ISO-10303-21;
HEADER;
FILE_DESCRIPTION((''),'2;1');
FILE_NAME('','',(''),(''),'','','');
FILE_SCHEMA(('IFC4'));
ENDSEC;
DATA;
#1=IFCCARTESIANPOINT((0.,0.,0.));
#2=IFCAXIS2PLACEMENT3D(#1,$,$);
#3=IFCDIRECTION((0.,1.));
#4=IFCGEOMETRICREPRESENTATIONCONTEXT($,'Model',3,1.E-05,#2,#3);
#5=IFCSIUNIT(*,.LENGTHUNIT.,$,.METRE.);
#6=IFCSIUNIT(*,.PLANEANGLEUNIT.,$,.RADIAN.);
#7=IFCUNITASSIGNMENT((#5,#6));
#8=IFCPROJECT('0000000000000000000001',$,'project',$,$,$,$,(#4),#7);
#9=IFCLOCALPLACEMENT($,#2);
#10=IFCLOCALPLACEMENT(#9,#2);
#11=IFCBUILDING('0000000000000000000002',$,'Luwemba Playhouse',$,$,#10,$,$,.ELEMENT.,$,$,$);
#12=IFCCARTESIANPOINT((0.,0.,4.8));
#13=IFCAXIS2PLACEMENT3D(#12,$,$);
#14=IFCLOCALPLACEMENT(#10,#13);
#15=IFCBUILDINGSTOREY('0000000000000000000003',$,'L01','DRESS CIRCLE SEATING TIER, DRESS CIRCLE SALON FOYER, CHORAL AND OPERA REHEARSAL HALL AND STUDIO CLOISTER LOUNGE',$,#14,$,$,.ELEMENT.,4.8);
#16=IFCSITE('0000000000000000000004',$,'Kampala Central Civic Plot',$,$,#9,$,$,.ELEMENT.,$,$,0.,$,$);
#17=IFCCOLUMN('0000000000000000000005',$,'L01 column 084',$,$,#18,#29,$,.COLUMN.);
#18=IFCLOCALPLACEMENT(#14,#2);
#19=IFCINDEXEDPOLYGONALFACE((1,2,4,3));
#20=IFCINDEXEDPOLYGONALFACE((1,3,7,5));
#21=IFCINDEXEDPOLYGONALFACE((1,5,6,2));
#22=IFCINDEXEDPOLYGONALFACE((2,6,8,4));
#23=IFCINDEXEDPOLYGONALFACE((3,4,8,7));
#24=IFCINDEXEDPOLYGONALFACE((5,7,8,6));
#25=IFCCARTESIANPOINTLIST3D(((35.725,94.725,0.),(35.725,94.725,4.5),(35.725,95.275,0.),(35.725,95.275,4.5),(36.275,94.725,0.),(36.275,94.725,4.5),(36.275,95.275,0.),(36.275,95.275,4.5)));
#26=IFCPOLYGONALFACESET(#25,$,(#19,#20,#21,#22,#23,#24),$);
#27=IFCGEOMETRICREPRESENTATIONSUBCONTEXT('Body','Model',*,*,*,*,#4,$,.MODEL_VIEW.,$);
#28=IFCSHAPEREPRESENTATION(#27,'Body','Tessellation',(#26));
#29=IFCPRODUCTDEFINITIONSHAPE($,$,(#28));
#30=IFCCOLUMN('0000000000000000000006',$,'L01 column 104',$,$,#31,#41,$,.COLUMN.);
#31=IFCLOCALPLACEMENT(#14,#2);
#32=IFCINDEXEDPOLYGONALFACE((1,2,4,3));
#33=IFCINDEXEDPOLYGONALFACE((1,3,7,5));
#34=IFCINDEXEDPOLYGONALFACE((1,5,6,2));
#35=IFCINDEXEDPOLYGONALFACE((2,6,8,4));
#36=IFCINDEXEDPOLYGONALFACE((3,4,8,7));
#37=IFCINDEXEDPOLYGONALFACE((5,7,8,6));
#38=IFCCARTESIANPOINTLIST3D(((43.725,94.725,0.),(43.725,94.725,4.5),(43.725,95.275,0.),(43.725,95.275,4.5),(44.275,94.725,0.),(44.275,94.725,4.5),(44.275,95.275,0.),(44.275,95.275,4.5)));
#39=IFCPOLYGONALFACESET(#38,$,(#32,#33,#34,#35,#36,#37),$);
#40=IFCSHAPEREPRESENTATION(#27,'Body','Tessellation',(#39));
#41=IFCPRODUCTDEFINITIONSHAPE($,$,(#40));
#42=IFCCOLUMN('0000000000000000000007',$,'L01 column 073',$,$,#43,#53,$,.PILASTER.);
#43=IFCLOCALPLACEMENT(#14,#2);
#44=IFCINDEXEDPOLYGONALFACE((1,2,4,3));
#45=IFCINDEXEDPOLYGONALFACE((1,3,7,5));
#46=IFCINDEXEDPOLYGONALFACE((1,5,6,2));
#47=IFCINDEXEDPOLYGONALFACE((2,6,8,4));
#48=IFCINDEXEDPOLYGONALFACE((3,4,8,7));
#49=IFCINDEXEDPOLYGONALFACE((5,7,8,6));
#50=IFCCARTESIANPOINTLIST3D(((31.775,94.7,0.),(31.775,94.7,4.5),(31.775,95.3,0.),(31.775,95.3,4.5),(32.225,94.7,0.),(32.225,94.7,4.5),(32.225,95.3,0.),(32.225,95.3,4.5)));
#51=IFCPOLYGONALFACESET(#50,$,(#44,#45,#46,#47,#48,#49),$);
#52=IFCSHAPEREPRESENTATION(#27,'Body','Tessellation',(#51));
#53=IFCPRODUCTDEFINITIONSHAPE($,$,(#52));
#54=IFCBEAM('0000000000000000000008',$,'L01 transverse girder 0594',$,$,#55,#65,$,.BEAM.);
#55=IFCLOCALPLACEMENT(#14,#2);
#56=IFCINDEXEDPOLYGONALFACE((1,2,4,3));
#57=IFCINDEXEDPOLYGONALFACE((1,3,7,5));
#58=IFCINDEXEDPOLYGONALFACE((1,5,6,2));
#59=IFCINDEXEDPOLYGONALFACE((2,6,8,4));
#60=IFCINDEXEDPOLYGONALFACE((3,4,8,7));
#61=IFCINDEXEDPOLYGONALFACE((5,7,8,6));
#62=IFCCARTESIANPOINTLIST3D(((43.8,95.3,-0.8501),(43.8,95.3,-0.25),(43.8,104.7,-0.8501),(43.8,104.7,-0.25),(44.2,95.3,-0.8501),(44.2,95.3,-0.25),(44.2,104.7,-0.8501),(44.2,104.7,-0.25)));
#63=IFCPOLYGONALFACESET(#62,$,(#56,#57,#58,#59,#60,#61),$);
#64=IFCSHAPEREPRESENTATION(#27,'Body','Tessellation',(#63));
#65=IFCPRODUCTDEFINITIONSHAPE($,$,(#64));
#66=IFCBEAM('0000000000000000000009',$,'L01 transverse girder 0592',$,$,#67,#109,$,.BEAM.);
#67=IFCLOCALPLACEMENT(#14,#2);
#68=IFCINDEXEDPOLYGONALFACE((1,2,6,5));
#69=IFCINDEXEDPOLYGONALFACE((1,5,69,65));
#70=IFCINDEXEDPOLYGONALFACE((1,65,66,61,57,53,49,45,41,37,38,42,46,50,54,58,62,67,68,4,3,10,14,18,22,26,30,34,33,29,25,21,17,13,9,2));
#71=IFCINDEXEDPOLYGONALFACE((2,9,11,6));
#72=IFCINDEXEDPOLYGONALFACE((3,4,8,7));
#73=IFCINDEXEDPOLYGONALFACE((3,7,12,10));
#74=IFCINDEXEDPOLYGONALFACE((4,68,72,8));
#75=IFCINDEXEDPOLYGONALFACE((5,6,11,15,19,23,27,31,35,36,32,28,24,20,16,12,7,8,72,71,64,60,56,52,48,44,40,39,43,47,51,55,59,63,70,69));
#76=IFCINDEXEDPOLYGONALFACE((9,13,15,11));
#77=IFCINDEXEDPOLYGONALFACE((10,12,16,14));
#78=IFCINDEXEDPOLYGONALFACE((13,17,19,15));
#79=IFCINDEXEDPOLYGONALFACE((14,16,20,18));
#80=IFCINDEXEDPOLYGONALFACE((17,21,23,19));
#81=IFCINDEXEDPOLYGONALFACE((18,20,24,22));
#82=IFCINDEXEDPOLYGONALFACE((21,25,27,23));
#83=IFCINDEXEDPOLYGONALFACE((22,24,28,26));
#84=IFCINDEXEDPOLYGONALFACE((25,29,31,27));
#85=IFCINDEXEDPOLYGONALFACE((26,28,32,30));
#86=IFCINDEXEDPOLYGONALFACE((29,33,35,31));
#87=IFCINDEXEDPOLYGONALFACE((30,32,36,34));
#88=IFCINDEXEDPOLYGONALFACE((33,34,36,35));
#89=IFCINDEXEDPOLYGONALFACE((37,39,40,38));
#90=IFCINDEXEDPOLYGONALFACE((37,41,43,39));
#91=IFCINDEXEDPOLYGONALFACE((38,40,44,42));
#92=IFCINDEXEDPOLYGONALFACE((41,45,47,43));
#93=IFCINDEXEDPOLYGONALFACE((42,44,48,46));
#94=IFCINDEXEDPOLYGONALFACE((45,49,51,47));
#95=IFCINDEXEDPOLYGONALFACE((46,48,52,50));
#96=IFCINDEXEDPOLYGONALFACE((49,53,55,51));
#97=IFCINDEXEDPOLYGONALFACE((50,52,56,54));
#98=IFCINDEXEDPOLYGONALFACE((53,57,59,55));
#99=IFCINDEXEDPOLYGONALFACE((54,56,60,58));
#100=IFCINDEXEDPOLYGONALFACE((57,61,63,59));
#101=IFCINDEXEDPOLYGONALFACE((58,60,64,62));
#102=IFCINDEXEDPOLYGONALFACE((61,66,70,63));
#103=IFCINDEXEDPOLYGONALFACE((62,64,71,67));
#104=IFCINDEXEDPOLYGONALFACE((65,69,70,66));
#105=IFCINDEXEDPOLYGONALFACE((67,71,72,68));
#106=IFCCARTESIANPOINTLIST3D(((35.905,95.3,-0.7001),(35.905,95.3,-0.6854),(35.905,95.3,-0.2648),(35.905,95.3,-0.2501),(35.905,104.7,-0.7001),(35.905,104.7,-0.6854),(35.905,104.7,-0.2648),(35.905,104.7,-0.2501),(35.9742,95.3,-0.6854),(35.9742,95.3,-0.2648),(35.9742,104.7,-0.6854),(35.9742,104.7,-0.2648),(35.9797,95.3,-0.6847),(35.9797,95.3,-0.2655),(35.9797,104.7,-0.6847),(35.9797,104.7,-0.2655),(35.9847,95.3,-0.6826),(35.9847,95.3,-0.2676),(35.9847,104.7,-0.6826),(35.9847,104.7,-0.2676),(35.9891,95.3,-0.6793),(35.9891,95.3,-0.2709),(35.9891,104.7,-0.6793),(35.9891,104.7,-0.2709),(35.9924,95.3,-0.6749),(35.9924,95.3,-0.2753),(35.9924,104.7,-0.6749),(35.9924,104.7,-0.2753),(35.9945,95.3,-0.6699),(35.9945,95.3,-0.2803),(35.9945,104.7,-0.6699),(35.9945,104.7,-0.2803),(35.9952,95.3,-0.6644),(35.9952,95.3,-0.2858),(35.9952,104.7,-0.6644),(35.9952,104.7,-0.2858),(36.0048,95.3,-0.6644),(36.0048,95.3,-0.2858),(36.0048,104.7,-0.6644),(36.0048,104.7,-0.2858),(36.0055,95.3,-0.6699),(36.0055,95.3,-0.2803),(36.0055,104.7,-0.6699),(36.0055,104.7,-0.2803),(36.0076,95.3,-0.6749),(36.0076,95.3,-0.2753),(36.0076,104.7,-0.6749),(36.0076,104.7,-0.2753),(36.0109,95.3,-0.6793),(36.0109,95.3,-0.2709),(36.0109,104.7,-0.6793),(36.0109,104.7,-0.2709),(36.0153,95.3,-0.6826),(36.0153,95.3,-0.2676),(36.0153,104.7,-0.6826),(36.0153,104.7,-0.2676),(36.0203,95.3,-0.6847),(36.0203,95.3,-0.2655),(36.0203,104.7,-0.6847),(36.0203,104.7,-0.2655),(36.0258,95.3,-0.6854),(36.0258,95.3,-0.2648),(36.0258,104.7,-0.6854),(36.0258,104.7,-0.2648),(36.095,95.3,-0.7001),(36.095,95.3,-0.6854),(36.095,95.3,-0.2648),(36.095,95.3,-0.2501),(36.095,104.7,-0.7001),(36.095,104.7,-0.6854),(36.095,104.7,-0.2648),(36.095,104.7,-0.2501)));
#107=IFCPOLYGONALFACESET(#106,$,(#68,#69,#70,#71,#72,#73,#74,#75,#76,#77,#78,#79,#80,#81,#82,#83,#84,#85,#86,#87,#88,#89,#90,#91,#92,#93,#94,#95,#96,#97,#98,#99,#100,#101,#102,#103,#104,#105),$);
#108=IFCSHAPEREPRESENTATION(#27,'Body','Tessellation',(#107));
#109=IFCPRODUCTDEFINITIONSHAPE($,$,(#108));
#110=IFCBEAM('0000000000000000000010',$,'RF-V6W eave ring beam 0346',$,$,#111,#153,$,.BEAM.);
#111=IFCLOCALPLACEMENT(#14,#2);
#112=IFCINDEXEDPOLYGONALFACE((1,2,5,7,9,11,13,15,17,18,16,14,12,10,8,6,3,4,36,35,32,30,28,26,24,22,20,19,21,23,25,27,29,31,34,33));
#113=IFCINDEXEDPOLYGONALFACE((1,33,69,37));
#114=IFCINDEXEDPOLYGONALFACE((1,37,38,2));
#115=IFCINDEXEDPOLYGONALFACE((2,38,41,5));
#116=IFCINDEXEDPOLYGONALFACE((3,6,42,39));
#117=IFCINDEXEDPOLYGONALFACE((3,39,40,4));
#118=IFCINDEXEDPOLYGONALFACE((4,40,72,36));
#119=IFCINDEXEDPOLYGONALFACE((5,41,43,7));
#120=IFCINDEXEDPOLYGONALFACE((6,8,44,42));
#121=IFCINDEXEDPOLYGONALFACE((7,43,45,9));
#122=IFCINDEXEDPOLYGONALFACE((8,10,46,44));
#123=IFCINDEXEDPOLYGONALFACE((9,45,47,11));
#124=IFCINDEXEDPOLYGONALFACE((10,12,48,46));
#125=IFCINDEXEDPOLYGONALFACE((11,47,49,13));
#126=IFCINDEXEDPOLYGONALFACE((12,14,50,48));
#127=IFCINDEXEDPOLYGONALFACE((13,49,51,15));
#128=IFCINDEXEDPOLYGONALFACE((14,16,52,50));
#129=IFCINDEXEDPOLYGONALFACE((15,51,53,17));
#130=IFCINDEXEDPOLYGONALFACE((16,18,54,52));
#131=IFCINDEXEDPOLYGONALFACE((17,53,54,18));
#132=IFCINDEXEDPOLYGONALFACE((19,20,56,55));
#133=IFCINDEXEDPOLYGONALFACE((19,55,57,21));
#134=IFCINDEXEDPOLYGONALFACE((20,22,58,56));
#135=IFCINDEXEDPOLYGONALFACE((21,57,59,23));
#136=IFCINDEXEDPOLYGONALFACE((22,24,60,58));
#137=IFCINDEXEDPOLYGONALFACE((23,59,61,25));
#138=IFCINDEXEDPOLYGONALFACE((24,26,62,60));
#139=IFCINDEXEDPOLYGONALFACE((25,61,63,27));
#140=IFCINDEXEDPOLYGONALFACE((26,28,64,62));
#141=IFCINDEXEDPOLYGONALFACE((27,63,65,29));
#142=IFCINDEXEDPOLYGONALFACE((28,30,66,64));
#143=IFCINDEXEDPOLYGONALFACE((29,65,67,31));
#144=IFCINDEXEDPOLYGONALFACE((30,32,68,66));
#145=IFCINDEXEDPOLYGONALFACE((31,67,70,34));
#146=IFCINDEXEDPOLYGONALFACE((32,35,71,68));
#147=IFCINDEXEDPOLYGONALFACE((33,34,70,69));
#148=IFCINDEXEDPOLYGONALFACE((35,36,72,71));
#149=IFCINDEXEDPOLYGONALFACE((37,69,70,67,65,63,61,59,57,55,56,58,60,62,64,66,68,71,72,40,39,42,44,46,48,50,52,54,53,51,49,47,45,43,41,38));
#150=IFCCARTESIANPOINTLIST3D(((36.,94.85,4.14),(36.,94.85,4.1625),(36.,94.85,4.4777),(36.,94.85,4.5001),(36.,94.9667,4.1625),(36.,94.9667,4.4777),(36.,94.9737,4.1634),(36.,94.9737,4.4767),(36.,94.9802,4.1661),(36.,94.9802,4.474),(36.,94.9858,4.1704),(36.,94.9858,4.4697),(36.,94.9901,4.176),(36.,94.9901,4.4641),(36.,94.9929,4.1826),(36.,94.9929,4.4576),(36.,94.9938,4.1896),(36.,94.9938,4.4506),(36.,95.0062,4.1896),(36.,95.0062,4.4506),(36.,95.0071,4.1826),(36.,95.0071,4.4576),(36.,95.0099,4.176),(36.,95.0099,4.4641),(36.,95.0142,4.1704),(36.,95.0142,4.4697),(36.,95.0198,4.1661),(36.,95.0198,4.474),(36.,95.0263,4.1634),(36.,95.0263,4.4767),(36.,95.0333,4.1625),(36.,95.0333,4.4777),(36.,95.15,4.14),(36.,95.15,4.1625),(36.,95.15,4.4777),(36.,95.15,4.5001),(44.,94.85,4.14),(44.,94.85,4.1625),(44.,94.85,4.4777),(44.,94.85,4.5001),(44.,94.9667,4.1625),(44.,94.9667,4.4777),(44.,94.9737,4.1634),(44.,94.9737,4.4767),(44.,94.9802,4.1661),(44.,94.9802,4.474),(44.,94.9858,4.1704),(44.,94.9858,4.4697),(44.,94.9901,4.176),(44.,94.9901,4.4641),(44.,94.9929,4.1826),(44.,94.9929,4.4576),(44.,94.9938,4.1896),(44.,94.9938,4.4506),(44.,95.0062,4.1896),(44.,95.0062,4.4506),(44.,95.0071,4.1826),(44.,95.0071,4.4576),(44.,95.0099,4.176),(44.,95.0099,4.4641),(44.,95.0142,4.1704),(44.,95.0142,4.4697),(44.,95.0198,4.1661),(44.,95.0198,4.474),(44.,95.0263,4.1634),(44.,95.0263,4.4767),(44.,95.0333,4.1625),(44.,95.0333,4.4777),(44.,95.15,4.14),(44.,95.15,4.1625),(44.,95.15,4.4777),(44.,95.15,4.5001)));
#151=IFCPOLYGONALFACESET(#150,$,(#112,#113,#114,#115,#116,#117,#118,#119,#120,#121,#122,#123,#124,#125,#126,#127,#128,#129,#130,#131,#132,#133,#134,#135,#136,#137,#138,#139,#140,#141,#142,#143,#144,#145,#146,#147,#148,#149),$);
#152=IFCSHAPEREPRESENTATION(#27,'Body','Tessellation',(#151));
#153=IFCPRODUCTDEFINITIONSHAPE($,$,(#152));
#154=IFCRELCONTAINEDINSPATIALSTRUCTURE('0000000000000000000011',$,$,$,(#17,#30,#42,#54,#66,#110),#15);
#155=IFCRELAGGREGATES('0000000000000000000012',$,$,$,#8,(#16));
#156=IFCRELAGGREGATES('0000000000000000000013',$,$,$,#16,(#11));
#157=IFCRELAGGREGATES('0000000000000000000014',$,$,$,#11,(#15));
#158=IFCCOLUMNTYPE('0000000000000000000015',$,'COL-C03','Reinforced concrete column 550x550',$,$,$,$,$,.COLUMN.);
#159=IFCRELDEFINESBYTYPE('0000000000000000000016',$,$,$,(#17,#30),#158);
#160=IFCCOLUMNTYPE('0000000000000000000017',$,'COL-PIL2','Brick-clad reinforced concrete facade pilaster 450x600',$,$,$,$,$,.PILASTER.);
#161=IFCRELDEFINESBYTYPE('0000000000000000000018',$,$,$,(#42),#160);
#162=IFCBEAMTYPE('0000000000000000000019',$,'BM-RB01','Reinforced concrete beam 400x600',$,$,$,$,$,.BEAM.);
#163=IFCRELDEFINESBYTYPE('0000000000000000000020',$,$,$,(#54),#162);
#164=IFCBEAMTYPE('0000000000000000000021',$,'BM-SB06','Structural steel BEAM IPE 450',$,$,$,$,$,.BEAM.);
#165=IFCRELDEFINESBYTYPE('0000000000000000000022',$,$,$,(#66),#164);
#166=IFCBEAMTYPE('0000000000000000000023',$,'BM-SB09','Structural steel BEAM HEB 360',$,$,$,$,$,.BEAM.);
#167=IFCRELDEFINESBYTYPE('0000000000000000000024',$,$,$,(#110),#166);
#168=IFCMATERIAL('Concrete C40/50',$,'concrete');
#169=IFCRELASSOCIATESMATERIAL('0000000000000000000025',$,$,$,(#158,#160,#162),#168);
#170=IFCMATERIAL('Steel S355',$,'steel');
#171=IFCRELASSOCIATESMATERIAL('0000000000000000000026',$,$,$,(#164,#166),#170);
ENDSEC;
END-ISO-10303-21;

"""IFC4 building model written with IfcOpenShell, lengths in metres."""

from ifc_helpers import new_model, si_unit, direction, frame, origin, origin_2d, place, context, subcontext, project, spatial, rectangle, i_section, extrude, material, material_profile, profile_set, type_object, element, save


model = new_model("IFC4")

# Units and contexts
model_context = context("Model", 3, precision=1e-05, world=origin(), true_north=direction((0.0, 1.0)))
body_context = subcontext(model_context, "Body", "Model", "MODEL_VIEW")
ifc_project = project(units=[si_unit("LENGTHUNIT", "METRE"), si_unit("PLANEANGLEUNIT", "RADIAN")], contexts=[model_context])

# Site, building, storey
site_placement = place(None, origin())
site = spatial("IfcSite", under=ifc_project, at=site_placement, Name="Kampala Central Civic Plot", CompositionType="ELEMENT", RefElevation=0.0)
building_placement = place(site_placement, origin())
building = spatial("IfcBuilding", under=site, at=building_placement, Name="Luwemba Playhouse", CompositionType="ELEMENT")
storey_placement = place(building_placement, frame((0.0, 0.0, 4.8)))
storey = spatial("IfcBuildingStorey", under=building, at=storey_placement, Name="L01", Description="DRESS CIRCLE SEATING TIER, DRESS CIRCLE SALON FOYER, CHORAL AND OPERA REHEARSAL HALL AND STUDIO CLOISTER LOUNGE", CompositionType="ELEMENT", Elevation=4.8)

# Columns
ifc_material_1 = material(Name="Concrete C40/50", Category="concrete")
ifc_material_profile_1 = material_profile(ifc_material_1, rectangle(XDim=0.55, YDim=0.55, at=origin_2d()))
ifc_profile_set_1 = profile_set([ifc_material_profile_1], Name="Concrete C40/50")
column_type_1 = type_object("IfcColumnType", Name="COL-C03", Description="Reinforced concrete column 550x550", PredefinedType="COLUMN", material=ifc_profile_set_1)
for number, where, z_axis, x_axis, name in (
    (1, (36.0, 95.0, 0.0), (0.0, 0.0, 1.0), (1.0, 0.0, 0.0), "L01 column 084"),
    (2, (44.0, 95.0, 0.0), (0.0, 0.0, 1.0), (1.0, 0.0, 0.0), "L01 column 104"),
):
    element("IfcColumn", number, at=place(storey_placement, frame(where, z_axis=z_axis, x_axis=x_axis)), inside=storey, type_object=column_type_1, Name=name, PredefinedType="COLUMN", context=body_context, shape_type="SweptSolid", body=[
        extrude(rectangle(XDim=0.55, YDim=0.55, at=origin_2d()), origin(), (0.0, 0.0, 1.0), 4.5),
    ])
ifc_material_profile_2 = material_profile(ifc_material_1, rectangle(XDim=0.45, YDim=0.6001, at=origin_2d()))
ifc_profile_set_2 = profile_set([ifc_material_profile_2], Name="Concrete C40/50")
column_type_2 = type_object("IfcColumnType", Name="COL-PIL2", Description="Brick-clad reinforced concrete facade pilaster 450x600", PredefinedType="PILASTER", material=ifc_profile_set_2)
column_placement = place(storey_placement, frame((32.0, 95.0, 0.0), z_axis=(0.0, 0.0, 1.0), x_axis=(1.0, 0.0, 0.0)))
element("IfcColumn", 3, at=column_placement, inside=storey, type_object=column_type_2, Name="L01 column 073", PredefinedType="PILASTER", context=body_context, shape_type="SweptSolid", body=[
    extrude(rectangle(XDim=0.45, YDim=0.6001, at=origin_2d()), origin(), (0.0, 0.0, 1.0), 4.5),
])

# Beams
ifc_material_profile_3 = material_profile(ifc_material_1, rectangle(XDim=0.3999, YDim=0.6001, at=origin_2d()))
ifc_profile_set_3 = profile_set([ifc_material_profile_3], Name="Concrete C40/50")
beam_type_1 = type_object("IfcBeamType", Name="BM-RB01", Description="Reinforced concrete beam 400x600", PredefinedType="BEAM", material=ifc_profile_set_3)
beam_1_placement = place(storey_placement, frame((44.0, 95.3, -0.55), z_axis=(0.0, 1.0, 0.0), x_axis=(-1.0, 0.0, 0.0)))
element("IfcBeam", 4, at=beam_1_placement, inside=storey, type_object=beam_type_1, Name="L01 transverse girder 0594", PredefinedType="BEAM", context=body_context, shape_type="SweptSolid", body=[
    extrude(rectangle(XDim=0.3999, YDim=0.6001, at=origin_2d()), origin(), (0.0, 0.0, 1.0), 9.3999),
])
ifc_material_2 = material(Name="Steel S355", Category="steel")
ifc_material_profile_4 = material_profile(ifc_material_2, i_section(OverallWidth=0.1899, OverallDepth=0.45, WebThickness=0.0095, FlangeThickness=0.0146, FilletRadius=0.021, at=origin_2d()))
ifc_profile_set_4 = profile_set([ifc_material_profile_4], Name="Steel S355")
beam_type_2 = type_object("IfcBeamType", Name="BM-SB06", Description="Structural steel BEAM IPE 450", PredefinedType="BEAM", material=ifc_profile_set_4)
beam_2_placement = place(storey_placement, frame((36.0, 95.3, -0.4751), z_axis=(0.0, 1.0, 0.0), x_axis=(-1.0, 0.0, 0.0)))
element("IfcBeam", 5, at=beam_2_placement, inside=storey, type_object=beam_type_2, Name="L01 transverse girder 0592", PredefinedType="BEAM", context=body_context, shape_type="SweptSolid", body=[
    extrude(i_section(OverallWidth=0.1899, OverallDepth=0.45, WebThickness=0.0095, FlangeThickness=0.0146, FilletRadius=0.021, at=origin_2d()), origin(), (0.0, 0.0, 1.0), 9.3999),
])
ifc_material_profile_5 = material_profile(ifc_material_2, i_section(OverallWidth=0.3, OverallDepth=0.3601, WebThickness=0.0125, FlangeThickness=0.0225, FilletRadius=0.0271, at=origin_2d()))
ifc_profile_set_5 = profile_set([ifc_material_profile_5], Name="Steel S355")
beam_type_3 = type_object("IfcBeamType", Name="BM-SB09", Description="Structural steel BEAM HEB 360", PredefinedType="BEAM", material=ifc_profile_set_5)
for number, where, z_axis, x_axis, name in (
    (6, (36.0, 95.0, 4.3201), (1.0, 0.0, 0.0), (0.0, 1.0, 0.0), "RF-V6W eave ring beam 0346"),
):
    element("IfcBeam", number, at=place(storey_placement, frame(where, z_axis=z_axis, x_axis=x_axis)), inside=storey, type_object=beam_type_3, Name=name, PredefinedType="BEAM", context=body_context, shape_type="SweptSolid", body=[
        extrude(i_section(OverallWidth=0.3, OverallDepth=0.3601, WebThickness=0.0125, FlangeThickness=0.0225, FilletRadius=0.0271, at=origin_2d()), origin(), (0.0, 0.0, 1.0), 8.0),
    ])

save(model, "model.ifc")
